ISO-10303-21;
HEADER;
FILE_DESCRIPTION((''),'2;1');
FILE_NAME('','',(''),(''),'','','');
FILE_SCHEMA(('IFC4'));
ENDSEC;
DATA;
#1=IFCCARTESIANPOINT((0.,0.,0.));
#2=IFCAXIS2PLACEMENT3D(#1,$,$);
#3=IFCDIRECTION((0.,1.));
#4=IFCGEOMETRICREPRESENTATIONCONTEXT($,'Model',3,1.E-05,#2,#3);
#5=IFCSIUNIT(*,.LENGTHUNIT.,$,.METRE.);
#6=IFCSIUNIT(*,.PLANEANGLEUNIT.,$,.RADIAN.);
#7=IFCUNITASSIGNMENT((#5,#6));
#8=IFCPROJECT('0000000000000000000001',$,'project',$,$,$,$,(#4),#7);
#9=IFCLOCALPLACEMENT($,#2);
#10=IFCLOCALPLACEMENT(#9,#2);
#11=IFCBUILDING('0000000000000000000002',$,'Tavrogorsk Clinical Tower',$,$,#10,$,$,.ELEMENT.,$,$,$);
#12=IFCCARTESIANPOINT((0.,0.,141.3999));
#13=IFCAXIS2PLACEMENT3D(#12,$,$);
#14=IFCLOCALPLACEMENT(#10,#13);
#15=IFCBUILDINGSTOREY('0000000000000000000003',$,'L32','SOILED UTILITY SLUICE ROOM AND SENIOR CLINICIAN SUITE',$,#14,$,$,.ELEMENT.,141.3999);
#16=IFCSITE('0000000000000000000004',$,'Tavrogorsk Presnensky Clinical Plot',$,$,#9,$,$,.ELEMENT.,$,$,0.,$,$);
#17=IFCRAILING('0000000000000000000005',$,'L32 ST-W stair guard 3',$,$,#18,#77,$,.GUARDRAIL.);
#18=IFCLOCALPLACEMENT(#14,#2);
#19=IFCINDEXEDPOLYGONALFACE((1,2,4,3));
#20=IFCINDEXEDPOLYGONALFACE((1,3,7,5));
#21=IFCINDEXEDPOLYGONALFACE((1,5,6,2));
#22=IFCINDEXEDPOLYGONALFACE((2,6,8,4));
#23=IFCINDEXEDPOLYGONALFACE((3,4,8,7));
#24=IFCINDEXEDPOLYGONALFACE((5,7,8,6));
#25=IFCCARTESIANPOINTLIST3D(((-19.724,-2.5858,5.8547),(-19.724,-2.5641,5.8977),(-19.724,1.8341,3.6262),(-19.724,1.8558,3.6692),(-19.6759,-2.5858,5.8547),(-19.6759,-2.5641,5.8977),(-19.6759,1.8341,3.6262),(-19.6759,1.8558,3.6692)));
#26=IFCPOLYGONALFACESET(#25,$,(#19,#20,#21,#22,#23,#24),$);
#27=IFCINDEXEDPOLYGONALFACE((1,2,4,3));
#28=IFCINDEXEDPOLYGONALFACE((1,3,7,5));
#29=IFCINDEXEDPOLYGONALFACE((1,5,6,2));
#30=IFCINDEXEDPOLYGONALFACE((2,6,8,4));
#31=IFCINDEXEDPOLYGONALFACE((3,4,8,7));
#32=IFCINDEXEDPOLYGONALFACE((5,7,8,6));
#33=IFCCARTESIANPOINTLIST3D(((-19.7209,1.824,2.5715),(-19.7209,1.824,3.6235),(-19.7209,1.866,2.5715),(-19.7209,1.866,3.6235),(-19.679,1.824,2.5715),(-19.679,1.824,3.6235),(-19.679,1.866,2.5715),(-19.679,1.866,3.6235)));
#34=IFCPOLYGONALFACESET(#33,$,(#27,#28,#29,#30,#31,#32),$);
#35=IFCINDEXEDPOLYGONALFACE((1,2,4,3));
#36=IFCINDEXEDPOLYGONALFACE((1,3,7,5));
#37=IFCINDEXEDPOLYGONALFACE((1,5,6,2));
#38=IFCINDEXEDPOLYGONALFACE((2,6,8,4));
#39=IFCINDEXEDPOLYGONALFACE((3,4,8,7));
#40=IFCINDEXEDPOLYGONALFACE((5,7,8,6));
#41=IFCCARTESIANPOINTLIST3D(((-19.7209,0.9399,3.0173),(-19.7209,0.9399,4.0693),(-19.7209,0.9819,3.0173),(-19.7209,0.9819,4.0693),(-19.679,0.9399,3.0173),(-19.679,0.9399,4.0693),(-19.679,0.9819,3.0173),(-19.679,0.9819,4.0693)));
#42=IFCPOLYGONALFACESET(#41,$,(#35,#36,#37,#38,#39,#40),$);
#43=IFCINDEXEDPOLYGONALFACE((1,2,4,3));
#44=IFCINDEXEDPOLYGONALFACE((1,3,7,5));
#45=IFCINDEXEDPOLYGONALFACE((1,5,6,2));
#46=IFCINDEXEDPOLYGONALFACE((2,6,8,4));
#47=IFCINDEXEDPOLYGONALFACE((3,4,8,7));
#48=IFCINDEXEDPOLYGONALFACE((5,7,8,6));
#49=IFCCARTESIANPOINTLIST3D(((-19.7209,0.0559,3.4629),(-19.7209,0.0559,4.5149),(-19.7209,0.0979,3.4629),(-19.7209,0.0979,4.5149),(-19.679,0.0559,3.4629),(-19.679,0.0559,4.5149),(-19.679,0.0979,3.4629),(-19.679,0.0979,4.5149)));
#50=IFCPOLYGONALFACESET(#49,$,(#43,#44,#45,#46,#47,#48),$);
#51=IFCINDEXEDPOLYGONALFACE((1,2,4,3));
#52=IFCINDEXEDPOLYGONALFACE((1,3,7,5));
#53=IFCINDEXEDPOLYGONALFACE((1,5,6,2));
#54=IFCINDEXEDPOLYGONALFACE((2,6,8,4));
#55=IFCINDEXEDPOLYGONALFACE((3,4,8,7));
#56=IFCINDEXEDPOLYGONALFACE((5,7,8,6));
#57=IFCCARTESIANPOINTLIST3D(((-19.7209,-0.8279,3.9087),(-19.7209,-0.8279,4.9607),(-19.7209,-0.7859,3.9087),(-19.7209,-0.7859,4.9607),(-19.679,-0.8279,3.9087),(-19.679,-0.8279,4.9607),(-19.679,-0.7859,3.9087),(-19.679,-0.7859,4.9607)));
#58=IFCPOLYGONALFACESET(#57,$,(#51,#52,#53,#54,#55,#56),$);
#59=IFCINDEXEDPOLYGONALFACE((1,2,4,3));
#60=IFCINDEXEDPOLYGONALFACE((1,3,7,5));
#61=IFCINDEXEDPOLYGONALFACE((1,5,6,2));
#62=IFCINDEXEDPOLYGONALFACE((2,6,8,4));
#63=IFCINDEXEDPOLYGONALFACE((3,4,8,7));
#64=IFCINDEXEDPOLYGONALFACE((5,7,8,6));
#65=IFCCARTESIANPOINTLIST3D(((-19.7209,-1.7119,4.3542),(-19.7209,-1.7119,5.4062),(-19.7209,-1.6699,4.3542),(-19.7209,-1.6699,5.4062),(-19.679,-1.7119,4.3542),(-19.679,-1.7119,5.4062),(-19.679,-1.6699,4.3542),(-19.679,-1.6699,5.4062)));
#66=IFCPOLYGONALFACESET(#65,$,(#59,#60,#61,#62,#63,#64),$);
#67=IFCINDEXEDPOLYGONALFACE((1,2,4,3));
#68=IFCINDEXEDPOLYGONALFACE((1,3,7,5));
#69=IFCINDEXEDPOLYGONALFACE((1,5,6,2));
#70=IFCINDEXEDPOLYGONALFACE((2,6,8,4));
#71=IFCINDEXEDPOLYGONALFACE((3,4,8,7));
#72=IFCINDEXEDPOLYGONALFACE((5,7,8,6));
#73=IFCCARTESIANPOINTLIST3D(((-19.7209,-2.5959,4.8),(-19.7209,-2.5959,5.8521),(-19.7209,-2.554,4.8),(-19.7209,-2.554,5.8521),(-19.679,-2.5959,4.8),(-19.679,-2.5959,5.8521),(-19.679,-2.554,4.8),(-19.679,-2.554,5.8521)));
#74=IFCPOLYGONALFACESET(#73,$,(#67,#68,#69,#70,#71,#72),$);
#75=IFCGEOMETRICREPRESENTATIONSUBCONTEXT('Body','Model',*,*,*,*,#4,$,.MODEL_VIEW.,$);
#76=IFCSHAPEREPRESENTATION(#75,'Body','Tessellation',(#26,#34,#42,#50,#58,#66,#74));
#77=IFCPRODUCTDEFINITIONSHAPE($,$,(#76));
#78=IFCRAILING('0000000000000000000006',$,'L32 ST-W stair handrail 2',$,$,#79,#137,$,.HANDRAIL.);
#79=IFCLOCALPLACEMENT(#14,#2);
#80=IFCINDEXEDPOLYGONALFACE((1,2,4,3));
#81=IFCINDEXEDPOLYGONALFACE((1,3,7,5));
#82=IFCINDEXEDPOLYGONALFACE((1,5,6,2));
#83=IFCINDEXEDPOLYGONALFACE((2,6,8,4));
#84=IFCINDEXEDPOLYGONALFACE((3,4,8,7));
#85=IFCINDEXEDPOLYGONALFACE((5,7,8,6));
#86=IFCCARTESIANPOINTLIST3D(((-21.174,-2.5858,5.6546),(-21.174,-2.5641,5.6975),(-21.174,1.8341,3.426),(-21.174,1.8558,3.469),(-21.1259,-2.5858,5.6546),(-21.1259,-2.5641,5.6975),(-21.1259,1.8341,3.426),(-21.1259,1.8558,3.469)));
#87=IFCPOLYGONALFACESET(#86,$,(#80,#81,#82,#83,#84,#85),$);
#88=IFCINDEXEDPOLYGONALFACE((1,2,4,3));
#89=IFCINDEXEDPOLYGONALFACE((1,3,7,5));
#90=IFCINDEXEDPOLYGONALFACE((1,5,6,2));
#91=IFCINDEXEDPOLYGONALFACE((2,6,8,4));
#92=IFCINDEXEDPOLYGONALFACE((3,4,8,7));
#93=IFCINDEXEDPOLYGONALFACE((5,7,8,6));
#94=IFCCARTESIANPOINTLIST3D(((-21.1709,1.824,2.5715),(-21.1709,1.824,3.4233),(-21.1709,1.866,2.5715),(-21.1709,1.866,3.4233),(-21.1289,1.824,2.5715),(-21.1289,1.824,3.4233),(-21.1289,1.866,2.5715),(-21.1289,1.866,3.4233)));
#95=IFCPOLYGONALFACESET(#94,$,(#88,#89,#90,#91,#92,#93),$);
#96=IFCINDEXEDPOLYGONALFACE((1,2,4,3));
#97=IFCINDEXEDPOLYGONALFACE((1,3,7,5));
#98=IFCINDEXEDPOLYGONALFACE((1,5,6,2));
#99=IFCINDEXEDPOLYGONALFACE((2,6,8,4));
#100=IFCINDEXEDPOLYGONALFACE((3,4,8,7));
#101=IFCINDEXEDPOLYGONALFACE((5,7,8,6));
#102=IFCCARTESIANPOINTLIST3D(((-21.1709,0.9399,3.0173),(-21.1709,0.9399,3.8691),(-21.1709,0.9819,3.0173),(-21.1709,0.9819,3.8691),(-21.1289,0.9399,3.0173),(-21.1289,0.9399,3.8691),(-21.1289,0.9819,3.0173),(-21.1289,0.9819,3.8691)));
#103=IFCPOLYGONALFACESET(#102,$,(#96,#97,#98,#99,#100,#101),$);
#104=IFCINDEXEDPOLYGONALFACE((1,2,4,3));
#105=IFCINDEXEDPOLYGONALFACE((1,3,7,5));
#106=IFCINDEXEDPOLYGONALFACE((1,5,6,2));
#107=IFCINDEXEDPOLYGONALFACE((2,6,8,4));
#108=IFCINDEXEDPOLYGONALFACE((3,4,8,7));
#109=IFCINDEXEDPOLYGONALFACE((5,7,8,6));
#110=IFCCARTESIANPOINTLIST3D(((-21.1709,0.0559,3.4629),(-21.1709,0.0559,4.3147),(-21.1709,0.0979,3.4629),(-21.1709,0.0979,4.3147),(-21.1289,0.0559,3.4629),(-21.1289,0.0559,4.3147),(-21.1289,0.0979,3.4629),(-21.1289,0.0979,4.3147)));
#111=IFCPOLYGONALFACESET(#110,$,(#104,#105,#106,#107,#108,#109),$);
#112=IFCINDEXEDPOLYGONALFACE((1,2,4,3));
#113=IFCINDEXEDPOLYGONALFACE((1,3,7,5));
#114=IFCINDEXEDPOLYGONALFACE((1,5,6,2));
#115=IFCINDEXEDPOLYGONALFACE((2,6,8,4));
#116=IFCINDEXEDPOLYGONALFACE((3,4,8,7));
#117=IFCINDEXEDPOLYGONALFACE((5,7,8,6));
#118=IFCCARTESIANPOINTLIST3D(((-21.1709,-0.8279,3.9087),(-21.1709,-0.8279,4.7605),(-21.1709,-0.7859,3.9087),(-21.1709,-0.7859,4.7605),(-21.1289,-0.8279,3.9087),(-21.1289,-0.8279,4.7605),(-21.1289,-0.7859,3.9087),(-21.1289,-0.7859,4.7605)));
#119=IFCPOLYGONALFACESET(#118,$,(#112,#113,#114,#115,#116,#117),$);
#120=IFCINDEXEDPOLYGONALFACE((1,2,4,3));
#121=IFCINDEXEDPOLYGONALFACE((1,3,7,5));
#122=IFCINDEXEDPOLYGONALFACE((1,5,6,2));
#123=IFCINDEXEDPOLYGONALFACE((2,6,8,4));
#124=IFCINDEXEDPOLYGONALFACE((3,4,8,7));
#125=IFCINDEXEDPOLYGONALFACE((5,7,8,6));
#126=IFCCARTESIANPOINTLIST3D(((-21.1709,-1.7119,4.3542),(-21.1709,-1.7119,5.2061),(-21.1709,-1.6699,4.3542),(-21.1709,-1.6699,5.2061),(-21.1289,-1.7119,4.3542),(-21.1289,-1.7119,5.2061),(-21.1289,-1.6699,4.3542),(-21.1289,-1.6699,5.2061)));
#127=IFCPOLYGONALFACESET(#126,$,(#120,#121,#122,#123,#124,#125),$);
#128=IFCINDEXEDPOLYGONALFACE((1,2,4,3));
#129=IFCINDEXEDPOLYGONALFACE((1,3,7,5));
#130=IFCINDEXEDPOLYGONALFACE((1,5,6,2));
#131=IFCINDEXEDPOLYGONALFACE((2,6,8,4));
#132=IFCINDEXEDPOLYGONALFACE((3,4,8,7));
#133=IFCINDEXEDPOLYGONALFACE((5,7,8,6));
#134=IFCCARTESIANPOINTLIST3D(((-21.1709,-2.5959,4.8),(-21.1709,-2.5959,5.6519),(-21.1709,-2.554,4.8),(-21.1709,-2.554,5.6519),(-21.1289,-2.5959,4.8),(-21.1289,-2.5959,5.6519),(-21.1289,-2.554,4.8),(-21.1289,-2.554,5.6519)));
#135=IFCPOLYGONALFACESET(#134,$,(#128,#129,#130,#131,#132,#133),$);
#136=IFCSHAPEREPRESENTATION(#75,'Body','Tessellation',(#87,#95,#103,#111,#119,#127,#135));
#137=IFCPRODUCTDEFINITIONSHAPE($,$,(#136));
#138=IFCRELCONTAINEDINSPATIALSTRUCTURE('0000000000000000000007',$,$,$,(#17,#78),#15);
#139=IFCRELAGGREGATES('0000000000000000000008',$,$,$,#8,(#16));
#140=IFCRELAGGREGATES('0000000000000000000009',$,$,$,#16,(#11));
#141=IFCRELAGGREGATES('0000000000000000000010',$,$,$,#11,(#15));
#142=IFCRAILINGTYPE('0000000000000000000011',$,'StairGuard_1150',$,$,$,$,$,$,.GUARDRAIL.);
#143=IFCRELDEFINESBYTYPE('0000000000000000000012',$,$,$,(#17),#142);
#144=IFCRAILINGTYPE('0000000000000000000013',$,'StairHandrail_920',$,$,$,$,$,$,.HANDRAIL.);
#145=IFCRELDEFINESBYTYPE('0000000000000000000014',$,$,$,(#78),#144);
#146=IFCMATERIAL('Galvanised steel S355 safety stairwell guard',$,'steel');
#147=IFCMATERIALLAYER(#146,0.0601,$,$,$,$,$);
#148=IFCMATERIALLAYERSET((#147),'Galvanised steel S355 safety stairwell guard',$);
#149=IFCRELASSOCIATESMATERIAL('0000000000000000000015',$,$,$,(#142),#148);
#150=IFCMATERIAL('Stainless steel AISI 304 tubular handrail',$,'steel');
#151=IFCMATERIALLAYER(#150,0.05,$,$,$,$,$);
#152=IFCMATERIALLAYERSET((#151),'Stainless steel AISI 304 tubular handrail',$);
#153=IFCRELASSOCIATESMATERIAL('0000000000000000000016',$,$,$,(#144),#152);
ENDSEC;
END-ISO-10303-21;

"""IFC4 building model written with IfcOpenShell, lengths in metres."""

from ifc_helpers import new_model, si_unit, direction, frame, origin, origin_2d, place, context, subcontext, project, spatial, rectangle, extrude, material, layer, layer_set, type_object, element, save


model = new_model("IFC4")

# Units and contexts
model_context = context("Model", 3, precision=1e-05, world=origin(), true_north=direction((0.0, 1.0)))
body_context = subcontext(model_context, "Body", "Model", "MODEL_VIEW")
ifc_project = project(units=[si_unit("LENGTHUNIT", "METRE"), si_unit("PLANEANGLEUNIT", "RADIAN")], contexts=[model_context])

# Site, building, storey
site_placement = place(None, origin())
site = spatial("IfcSite", under=ifc_project, at=site_placement, Name="Tavrogorsk Presnensky Clinical Plot", CompositionType="ELEMENT", RefElevation=0.0)
building_placement = place(site_placement, origin())
building = spatial("IfcBuilding", under=site, at=building_placement, Name="Tavrogorsk Clinical Tower", CompositionType="ELEMENT")
storey_placement = place(building_placement, frame((0.0, 0.0, 141.3999)))
storey = spatial("IfcBuildingStorey", under=building, at=storey_placement, Name="L32", Description="SOILED UTILITY SLUICE ROOM AND SENIOR CLINICIAN SUITE", CompositionType="ELEMENT", Elevation=141.3999)

# Railings
ifc_material_1 = material(Name="Galvanised steel S355 safety stairwell guard", Category="steel")
ifc_layer_1 = layer(ifc_material_1, 0.0601)
ifc_layer_set_1 = layer_set([ifc_layer_1], Name="Galvanised steel S355 safety stairwell guard")
railing_type_1 = type_object("IfcRailingType", Name="StairGuard_1150", PredefinedType="GUARDRAIL", material=ifc_layer_set_1)
railing_1_placement = place(storey_placement, frame((-19.7, 1.845, 2.5715)))
element("IfcRailing", 1, at=railing_1_placement, inside=storey, type_object=railing_type_1, Name="L32 ST-W stair guard 3", PredefinedType="GUARDRAIL", context=body_context, shape_type="SweptSolid", body=[
    extrude(rectangle(XDim=0.0481, YDim=0.0481, at=origin_2d()), frame((0.0, 0.0, 1.0762), z_axis=(0.0, -0.892923, 0.45021), x_axis=(1.0, 0.0, 0.0)), (0.0, 0.0, 1.0), 4.95),
    extrude(rectangle(XDim=0.042, YDim=0.042, at=origin_2d()), origin(), (0.0, 0.0, 1.0), 1.052),
    extrude(rectangle(XDim=0.042, YDim=0.042, at=origin_2d()), frame((0.0, -0.884, 0.4458)), (0.0, 0.0, 1.0), 1.052),
    extrude(rectangle(XDim=0.042, YDim=0.042, at=origin_2d()), frame((0.0, -1.7681, 0.8914)), (0.0, 0.0, 1.0), 1.052),
    extrude(rectangle(XDim=0.042, YDim=0.042, at=origin_2d()), frame((0.0, -2.6519, 1.3372)), (0.0, 0.0, 1.0), 1.052),
    extrude(rectangle(XDim=0.042, YDim=0.042, at=origin_2d()), frame((0.0, -3.5359, 1.7827)), (0.0, 0.0, 1.0), 1.052),
    extrude(rectangle(XDim=0.042, YDim=0.042, at=origin_2d()), frame((0.0, -4.4199, 2.2285)), (0.0, 0.0, 1.0), 1.052),
])
ifc_material_2 = material(Name="Stainless steel AISI 304 tubular handrail", Category="steel")
ifc_layer_2 = layer(ifc_material_2, 0.05)
ifc_layer_set_2 = layer_set([ifc_layer_2], Name="Stainless steel AISI 304 tubular handrail")
railing_type_2 = type_object("IfcRailingType", Name="StairHandrail_920", PredefinedType="HANDRAIL", material=ifc_layer_set_2)
railing_2_placement = place(storey_placement, frame((-21.1499, 1.845, 2.5715)))
element("IfcRailing", 2, at=railing_2_placement, inside=storey, type_object=railing_type_2, Name="L32 ST-W stair handrail 2", PredefinedType="HANDRAIL", context=body_context, shape_type="SweptSolid", body=[
    extrude(rectangle(XDim=0.0481, YDim=0.0481, at=origin_2d()), frame((0.0, 0.0, 0.876), z_axis=(0.0, -0.892923, 0.45021), x_axis=(1.0, 0.0, 0.0)), (0.0, 0.0, 1.0), 4.95),
    extrude(rectangle(XDim=0.042, YDim=0.042, at=origin_2d()), origin(), (0.0, 0.0, 1.0), 0.8518),
    extrude(rectangle(XDim=0.042, YDim=0.042, at=origin_2d()), frame((0.0, -0.884, 0.4458)), (0.0, 0.0, 1.0), 0.8518),
    extrude(rectangle(XDim=0.042, YDim=0.042, at=origin_2d()), frame((0.0, -1.7681, 0.8914)), (0.0, 0.0, 1.0), 0.8518),
    extrude(rectangle(XDim=0.042, YDim=0.042, at=origin_2d()), frame((0.0, -2.6519, 1.3372)), (0.0, 0.0, 1.0), 0.8518),
    extrude(rectangle(XDim=0.042, YDim=0.042, at=origin_2d()), frame((0.0, -3.5359, 1.7827)), (0.0, 0.0, 1.0), 0.8518),
    extrude(rectangle(XDim=0.042, YDim=0.042, at=origin_2d()), frame((0.0, -4.4199, 2.2285)), (0.0, 0.0, 1.0), 0.8518),
])

save(model, "model.ifc")
